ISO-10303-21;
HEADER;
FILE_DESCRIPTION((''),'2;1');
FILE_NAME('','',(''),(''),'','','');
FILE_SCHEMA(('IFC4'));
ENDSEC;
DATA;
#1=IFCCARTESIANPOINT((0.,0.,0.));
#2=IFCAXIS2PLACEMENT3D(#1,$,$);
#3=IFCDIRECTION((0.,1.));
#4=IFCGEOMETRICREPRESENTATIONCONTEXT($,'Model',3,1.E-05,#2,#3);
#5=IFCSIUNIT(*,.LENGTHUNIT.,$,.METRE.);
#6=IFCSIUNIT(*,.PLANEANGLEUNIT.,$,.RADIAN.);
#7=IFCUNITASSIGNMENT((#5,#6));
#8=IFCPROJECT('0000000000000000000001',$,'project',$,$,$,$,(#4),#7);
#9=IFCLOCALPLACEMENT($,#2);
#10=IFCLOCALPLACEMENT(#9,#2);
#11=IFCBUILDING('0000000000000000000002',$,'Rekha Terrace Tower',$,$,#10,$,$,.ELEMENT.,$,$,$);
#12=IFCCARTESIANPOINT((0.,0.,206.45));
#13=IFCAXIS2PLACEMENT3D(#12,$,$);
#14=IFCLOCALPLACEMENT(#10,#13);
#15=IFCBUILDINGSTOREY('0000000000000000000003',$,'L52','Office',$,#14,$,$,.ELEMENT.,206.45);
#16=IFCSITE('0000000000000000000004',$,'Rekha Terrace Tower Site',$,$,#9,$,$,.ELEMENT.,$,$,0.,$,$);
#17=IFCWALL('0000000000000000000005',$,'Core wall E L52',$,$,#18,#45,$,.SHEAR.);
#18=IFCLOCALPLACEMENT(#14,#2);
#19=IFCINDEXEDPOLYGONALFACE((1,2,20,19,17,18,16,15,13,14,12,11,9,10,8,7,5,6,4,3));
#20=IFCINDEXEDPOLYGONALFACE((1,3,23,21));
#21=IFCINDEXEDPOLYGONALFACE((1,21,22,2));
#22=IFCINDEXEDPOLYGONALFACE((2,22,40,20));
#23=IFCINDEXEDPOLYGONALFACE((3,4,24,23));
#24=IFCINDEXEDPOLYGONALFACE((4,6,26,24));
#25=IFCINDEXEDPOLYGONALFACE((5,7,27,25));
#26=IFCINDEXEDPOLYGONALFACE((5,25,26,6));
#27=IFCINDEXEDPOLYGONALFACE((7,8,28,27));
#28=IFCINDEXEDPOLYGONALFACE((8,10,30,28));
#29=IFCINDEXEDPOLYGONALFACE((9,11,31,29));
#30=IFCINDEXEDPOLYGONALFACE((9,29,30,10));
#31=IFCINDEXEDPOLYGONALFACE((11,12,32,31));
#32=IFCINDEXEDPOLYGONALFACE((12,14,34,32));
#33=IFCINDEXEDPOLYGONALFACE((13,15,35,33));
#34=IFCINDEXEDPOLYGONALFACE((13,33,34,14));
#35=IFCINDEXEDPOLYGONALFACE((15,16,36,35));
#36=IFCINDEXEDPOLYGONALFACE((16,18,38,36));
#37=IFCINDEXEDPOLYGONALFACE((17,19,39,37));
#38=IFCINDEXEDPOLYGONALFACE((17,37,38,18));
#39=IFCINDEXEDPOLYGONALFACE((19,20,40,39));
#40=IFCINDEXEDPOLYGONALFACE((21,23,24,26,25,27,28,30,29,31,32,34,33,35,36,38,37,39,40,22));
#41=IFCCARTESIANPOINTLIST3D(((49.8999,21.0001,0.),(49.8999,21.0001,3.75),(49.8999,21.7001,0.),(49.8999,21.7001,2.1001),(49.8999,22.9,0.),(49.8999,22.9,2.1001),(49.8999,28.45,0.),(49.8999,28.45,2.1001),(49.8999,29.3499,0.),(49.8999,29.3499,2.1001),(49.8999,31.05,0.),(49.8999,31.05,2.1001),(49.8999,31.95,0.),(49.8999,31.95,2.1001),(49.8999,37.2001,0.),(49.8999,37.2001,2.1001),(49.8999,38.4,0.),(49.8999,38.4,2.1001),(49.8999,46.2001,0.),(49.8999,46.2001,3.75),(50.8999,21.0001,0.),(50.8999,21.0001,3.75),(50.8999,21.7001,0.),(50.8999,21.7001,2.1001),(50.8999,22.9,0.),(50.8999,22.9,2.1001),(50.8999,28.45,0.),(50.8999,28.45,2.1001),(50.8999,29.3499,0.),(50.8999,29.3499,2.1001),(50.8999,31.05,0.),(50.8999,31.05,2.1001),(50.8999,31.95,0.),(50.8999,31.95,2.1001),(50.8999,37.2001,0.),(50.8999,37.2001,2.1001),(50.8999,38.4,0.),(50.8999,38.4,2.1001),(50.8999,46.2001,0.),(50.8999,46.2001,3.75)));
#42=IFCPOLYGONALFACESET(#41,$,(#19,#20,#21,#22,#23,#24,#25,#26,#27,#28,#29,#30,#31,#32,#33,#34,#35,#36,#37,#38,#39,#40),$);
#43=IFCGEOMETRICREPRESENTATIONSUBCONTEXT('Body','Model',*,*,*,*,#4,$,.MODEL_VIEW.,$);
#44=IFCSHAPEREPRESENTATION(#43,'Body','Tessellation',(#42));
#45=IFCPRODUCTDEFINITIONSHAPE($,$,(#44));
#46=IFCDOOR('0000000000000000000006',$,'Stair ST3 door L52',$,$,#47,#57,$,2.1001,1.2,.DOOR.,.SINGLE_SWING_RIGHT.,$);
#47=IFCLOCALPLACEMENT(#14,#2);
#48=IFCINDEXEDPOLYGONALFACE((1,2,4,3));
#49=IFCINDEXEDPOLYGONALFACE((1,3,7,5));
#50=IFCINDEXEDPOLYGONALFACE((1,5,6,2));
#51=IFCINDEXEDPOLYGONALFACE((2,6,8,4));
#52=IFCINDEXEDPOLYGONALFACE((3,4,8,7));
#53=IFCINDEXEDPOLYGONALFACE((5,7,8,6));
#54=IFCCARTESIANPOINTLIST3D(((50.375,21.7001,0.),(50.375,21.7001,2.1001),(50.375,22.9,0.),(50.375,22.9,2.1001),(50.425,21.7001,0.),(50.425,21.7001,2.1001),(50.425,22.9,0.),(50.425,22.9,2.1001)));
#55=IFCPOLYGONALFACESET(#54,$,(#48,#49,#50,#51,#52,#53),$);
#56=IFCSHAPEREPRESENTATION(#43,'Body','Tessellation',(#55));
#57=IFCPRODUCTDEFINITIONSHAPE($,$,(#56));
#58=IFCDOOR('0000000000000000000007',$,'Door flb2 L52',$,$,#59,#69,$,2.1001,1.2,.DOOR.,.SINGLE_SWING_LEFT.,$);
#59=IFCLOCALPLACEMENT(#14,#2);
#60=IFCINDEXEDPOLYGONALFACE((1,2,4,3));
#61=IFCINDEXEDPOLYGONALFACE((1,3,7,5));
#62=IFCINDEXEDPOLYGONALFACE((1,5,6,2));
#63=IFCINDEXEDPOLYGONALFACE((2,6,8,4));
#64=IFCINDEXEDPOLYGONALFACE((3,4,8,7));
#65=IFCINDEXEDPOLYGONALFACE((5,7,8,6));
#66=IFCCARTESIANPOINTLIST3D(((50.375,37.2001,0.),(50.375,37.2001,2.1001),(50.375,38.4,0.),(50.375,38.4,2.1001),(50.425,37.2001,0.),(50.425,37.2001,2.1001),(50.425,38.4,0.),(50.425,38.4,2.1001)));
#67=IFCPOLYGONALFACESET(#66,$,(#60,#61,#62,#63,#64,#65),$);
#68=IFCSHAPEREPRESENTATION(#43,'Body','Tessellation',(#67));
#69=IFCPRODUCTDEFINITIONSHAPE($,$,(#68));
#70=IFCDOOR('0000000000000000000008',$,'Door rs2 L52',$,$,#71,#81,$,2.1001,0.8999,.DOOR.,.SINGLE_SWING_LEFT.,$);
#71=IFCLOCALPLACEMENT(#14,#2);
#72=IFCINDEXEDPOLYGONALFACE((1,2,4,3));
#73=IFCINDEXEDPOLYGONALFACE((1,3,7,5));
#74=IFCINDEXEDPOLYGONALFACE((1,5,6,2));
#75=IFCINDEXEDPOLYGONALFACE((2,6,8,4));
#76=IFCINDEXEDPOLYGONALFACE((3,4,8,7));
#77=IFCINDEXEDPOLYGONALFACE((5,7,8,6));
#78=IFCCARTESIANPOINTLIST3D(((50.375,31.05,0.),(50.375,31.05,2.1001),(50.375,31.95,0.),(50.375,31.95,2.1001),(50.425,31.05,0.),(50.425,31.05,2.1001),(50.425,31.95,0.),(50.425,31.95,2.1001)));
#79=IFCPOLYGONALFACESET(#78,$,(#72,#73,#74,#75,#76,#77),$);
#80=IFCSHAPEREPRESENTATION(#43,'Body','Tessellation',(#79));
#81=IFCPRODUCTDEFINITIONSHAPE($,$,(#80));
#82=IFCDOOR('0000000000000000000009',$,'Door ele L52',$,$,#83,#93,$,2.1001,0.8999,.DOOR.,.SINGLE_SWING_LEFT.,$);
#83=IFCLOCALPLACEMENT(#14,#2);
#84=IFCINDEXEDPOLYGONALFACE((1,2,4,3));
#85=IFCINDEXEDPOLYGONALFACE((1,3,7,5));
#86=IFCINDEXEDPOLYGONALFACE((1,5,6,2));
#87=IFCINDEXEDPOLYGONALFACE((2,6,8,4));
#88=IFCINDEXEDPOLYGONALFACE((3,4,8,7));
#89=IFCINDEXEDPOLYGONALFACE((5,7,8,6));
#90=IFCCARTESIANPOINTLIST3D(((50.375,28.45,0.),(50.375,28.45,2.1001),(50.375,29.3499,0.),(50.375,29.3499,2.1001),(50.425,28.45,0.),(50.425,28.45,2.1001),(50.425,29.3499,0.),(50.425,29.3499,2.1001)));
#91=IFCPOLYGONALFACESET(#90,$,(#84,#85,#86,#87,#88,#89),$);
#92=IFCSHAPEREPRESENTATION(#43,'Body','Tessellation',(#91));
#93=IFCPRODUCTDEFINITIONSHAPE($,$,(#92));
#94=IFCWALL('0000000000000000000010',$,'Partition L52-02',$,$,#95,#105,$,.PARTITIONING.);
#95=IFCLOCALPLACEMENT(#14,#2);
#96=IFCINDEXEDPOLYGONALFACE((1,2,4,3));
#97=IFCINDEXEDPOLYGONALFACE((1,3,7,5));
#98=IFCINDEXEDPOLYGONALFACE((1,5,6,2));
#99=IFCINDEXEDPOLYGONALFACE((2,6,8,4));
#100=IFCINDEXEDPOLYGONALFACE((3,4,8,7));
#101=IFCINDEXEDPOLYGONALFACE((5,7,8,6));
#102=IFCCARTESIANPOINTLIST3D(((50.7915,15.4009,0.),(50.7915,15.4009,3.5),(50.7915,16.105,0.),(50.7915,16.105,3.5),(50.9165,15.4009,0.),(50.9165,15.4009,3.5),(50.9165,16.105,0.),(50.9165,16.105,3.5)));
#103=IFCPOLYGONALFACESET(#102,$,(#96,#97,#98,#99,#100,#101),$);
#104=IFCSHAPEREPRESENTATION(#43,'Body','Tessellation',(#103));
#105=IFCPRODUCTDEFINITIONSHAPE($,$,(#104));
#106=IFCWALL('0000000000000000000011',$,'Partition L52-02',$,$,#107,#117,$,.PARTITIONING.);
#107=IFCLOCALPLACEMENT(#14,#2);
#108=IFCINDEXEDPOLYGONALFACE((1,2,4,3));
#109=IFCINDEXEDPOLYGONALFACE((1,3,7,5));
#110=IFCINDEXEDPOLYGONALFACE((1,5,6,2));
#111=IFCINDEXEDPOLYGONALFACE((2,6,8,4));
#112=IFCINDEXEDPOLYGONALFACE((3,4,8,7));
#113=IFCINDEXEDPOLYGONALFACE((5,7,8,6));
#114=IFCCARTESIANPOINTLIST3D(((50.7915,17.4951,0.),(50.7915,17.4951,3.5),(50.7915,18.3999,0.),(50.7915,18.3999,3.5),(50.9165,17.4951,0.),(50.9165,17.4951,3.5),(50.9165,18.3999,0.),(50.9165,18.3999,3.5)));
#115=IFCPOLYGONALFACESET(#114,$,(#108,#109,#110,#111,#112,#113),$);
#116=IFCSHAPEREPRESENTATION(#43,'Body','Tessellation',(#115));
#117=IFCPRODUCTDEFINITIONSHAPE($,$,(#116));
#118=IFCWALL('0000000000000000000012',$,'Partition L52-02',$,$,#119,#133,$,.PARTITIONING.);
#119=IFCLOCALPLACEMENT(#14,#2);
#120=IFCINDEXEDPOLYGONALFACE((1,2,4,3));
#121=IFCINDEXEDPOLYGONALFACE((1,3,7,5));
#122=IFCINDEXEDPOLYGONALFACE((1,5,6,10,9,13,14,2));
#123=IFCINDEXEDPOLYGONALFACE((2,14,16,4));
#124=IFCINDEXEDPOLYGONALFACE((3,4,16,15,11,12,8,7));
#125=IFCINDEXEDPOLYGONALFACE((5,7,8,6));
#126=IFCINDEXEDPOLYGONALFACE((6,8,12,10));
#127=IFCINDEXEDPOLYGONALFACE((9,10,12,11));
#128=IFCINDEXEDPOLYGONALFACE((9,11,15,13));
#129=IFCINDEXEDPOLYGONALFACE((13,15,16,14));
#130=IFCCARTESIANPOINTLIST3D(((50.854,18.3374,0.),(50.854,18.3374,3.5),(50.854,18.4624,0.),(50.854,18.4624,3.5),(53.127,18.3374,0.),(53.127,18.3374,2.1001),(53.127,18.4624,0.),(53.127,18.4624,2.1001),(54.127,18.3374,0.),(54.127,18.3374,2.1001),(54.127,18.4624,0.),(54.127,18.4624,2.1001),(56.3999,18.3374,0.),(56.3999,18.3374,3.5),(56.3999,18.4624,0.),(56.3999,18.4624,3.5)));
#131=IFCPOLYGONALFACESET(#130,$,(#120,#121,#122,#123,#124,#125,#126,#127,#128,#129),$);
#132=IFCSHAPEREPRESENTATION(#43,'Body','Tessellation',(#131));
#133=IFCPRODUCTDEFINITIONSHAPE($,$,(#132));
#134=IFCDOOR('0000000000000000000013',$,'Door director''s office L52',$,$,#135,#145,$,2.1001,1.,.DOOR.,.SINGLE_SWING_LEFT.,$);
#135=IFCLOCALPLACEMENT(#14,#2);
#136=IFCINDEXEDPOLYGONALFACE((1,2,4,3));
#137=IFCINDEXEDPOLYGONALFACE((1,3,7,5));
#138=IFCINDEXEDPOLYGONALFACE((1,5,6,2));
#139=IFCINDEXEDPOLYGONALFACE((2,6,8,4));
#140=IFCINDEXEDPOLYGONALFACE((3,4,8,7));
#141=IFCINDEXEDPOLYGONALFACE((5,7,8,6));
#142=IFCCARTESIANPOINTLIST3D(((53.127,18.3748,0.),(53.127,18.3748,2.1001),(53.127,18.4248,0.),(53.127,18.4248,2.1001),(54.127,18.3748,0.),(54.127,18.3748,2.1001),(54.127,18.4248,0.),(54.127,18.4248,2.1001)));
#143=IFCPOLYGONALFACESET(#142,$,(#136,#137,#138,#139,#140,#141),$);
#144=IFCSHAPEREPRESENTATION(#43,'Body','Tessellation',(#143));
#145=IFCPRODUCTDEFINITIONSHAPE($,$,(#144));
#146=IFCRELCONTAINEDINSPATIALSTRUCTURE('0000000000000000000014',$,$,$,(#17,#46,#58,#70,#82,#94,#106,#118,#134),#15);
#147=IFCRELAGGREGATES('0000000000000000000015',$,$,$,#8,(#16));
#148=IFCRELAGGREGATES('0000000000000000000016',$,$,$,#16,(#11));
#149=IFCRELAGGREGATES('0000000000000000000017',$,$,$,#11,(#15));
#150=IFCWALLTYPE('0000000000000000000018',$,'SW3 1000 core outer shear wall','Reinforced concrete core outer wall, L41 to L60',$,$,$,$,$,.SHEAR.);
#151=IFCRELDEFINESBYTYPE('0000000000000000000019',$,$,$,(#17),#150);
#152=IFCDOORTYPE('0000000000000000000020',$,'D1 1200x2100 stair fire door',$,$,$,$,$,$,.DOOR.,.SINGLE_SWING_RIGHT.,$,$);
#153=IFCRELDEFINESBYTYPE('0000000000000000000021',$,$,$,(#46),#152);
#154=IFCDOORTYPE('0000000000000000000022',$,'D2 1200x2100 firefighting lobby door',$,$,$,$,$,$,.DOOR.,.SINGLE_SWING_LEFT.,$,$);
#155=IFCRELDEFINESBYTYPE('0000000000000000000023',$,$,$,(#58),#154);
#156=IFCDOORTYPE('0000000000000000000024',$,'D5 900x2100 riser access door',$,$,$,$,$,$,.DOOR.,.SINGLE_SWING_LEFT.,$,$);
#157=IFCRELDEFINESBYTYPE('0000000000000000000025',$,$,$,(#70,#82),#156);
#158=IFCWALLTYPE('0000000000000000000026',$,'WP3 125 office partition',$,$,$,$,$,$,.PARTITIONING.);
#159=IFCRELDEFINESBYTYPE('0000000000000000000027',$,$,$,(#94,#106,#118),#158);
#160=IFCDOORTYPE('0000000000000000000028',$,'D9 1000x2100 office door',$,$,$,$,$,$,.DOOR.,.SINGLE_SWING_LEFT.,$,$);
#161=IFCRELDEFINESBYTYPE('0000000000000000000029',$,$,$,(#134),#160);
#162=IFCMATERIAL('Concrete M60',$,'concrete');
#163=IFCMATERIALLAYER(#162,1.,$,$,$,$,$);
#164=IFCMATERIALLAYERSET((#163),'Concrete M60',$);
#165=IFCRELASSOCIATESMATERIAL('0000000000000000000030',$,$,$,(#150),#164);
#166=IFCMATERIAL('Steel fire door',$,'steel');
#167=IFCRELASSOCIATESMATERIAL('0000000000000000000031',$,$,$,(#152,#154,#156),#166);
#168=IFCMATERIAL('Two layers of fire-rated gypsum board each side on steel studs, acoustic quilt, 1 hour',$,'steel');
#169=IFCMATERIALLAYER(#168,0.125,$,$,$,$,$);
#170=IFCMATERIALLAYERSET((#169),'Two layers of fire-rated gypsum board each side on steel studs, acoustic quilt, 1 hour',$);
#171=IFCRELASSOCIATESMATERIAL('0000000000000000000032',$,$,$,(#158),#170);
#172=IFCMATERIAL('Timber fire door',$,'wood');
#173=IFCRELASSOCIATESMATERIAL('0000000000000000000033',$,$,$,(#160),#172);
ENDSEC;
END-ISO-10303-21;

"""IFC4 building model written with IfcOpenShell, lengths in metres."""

from ifc_helpers import new_model, si_unit, direction, frame, frame_2d, origin, place, context, subcontext, project, spatial, rectangle, extrude, material, layer, layer_set, type_object, element, fill, save


model = new_model("IFC4")

# Units and contexts
model_context = context("Model", 3, precision=1e-05, world=origin(), true_north=direction((0.0, 1.0)))
body_context = subcontext(model_context, "Body", "Model", "MODEL_VIEW")
ifc_project = project(units=[si_unit("LENGTHUNIT", "METRE"), si_unit("PLANEANGLEUNIT", "RADIAN")], contexts=[model_context])

# Site, building, storey
site_placement = place(None, origin())
site = spatial("IfcSite", under=ifc_project, at=site_placement, Name="Rekha Terrace Tower Site", CompositionType="ELEMENT", RefElevation=0.0)
building_placement = place(site_placement, origin())
building = spatial("IfcBuilding", under=site, at=building_placement, Name="Rekha Terrace Tower", CompositionType="ELEMENT")
storey_placement = place(building_placement, frame((0.0, 0.0, 206.45)))
storey = spatial("IfcBuildingStorey", under=building, at=storey_placement, Name="L52", Description="Office", CompositionType="ELEMENT", Elevation=206.45)

# Shared definitions
ifc_material_1 = material(Name="Concrete M60", Category="concrete")

# Wall, openings, doors
ifc_layer_1 = layer(ifc_material_1, 1.0)
ifc_layer_set_1 = layer_set([ifc_layer_1], Name="Concrete M60")
wall_type_1 = type_object("IfcWallType", Name="SW3 1000 core outer shear wall", Description="Reinforced concrete core outer wall, L41 to L60", PredefinedType="SHEAR", material=ifc_layer_set_1)
wall_1_placement = place(storey_placement, frame((50.3999, 21.0, 0.0), z_axis=(0.0, 0.0, 1.0), x_axis=(0.0, 1.0, 0.0)))
wall_1 = element("IfcWall", 1, at=wall_1_placement, inside=storey, type_object=wall_type_1, Name="Core wall E L52", PredefinedType="SHEAR", context=body_context, shape_type="SweptSolid", body=[
    extrude(rectangle(XDim=25.2, YDim=1.0, at=frame_2d((12.6001, 0.0))), origin(), (0.0, 0.0, 1.0), 3.75),
])
opening_1_placement = place(wall_1_placement, frame((16.2, 0.0, 0.0)))
opening_1 = element("IfcOpeningElement", 2, at=opening_1_placement, cuts=wall_1, PredefinedType="OPENING", context=body_context, shape_type="SweptSolid", body=[
    extrude(rectangle(XDim=1.2, YDim=2.1001, at=frame_2d((0.6001, 1.05))), frame((0.0, 0.51, 0.0), z_axis=(0.0, -1.0, 0.0), x_axis=(1.0, 0.0, 0.0)), (0.0, 0.0, 1.0), 1.02),
])
opening_2_placement = place(wall_1_placement, frame((10.05, 0.0, 0.0)))
opening_2 = element("IfcOpeningElement", 3, at=opening_2_placement, cuts=wall_1, PredefinedType="OPENING", context=body_context, shape_type="SweptSolid", body=[
    extrude(rectangle(XDim=0.8999, YDim=2.1001, at=frame_2d((0.45, 1.05))), frame((0.0, 0.51, 0.0), z_axis=(0.0, -1.0, 0.0), x_axis=(1.0, 0.0, 0.0)), (0.0, 0.0, 1.0), 1.02),
])
opening_3_placement = place(wall_1_placement, frame((7.45, 0.0, 0.0)))
opening_3 = element("IfcOpeningElement", 4, at=opening_3_placement, cuts=wall_1, PredefinedType="OPENING", context=body_context, shape_type="SweptSolid", body=[
    extrude(rectangle(XDim=0.8999, YDim=2.1001, at=frame_2d((0.45, 1.05))), frame((0.0, 0.51, 0.0), z_axis=(0.0, -1.0, 0.0), x_axis=(1.0, 0.0, 0.0)), (0.0, 0.0, 1.0), 1.02),
])
opening_4_placement = place(wall_1_placement, frame((0.7, 0.0, 0.0)))
opening_4 = element("IfcOpeningElement", 5, at=opening_4_placement, cuts=wall_1, PredefinedType="OPENING", context=body_context, shape_type="SweptSolid", body=[
    extrude(rectangle(XDim=1.2, YDim=2.1001, at=frame_2d((0.6001, 1.05))), frame((0.0, 0.51, 0.0), z_axis=(0.0, -1.0, 0.0), x_axis=(1.0, 0.0, 0.0)), (0.0, 0.0, 1.0), 1.02),
])
ifc_material_2 = material(Name="Steel fire door", Category="steel")
door_type_1 = type_object("IfcDoorType", Name="D1 1200x2100 stair fire door", OperationType="SINGLE_SWING_RIGHT", PredefinedType="DOOR", material=ifc_material_2)
door_1_placement = place(opening_4_placement, origin())
door_1 = element("IfcDoor", 6, at=door_1_placement, inside=storey, type_object=door_type_1, Name="Stair ST3 door L52", OperationType="SINGLE_SWING_RIGHT", OverallHeight=2.1001, OverallWidth=1.2, PredefinedType="DOOR", context=body_context, shape_type="SweptSolid", body=[
    extrude(rectangle(XDim=1.2, YDim=2.1001, at=frame_2d((0.6001, 1.05))), frame((0.0, 0.0249, 0.0), z_axis=(0.0, -1.0, 0.0), x_axis=(1.0, 0.0, 0.0)), (0.0, 0.0, 1.0), 0.05),
])
fill(opening_4, door_1)
door_type_2 = type_object("IfcDoorType", Name="D2 1200x2100 firefighting lobby door", OperationType="SINGLE_SWING_LEFT", PredefinedType="DOOR", material=ifc_material_2)
door_2_placement = place(opening_1_placement, origin())
door_2 = element("IfcDoor", 7, at=door_2_placement, inside=storey, type_object=door_type_2, Name="Door flb2 L52", OperationType="SINGLE_SWING_LEFT", OverallHeight=2.1001, OverallWidth=1.2, PredefinedType="DOOR", context=body_context, shape_type="SweptSolid", body=[
    extrude(rectangle(XDim=1.2, YDim=2.1001, at=frame_2d((0.6001, 1.05))), frame((0.0, 0.0249, 0.0), z_axis=(0.0, -1.0, 0.0), x_axis=(1.0, 0.0, 0.0)), (0.0, 0.0, 1.0), 0.05),
])
fill(opening_1, door_2)
door_type_3 = type_object("IfcDoorType", Name="D5 900x2100 riser access door", OperationType="SINGLE_SWING_LEFT", PredefinedType="DOOR", material=ifc_material_2)
door_3_placement = place(opening_2_placement, origin())
door_3 = element("IfcDoor", 8, at=door_3_placement, inside=storey, type_object=door_type_3, Name="Door rs2 L52", OperationType="SINGLE_SWING_LEFT", OverallHeight=2.1001, OverallWidth=0.8999, PredefinedType="DOOR", context=body_context, shape_type="SweptSolid", body=[
    extrude(rectangle(XDim=0.8999, YDim=2.1001, at=frame_2d((0.45, 1.05))), frame((0.0, 0.0249, 0.0), z_axis=(0.0, -1.0, 0.0), x_axis=(1.0, 0.0, 0.0)), (0.0, 0.0, 1.0), 0.05),
])
fill(opening_2, door_3)
door_4_placement = place(opening_3_placement, origin())
door_4 = element("IfcDoor", 9, at=door_4_placement, inside=storey, type_object=door_type_3, Name="Door ele L52", OperationType="SINGLE_SWING_LEFT", OverallHeight=2.1001, OverallWidth=0.8999, PredefinedType="DOOR", context=body_context, shape_type="SweptSolid", body=[
    extrude(rectangle(XDim=0.8999, YDim=2.1001, at=frame_2d((0.45, 1.05))), frame((0.0, 0.0249, 0.0), z_axis=(0.0, -1.0, 0.0), x_axis=(1.0, 0.0, 0.0)), (0.0, 0.0, 1.0), 0.05),
])
fill(opening_3, door_4)

# Walls
ifc_material_3 = material(Name="Two layers of fire-rated gypsum board each side on steel studs, acoustic quilt, 1 hour", Category="steel")
ifc_layer_2 = layer(ifc_material_3, 0.125)
ifc_layer_set_2 = layer_set([ifc_layer_2], Name="Two layers of fire-rated gypsum board each side on steel studs, acoustic quilt, 1 hour")
wall_type_2 = type_object("IfcWallType", Name="WP3 125 office partition", PredefinedType="PARTITIONING", material=ifc_layer_set_2)
wall_2_placement = place(storey_placement, frame((50.854, 15.4009, 0.0), z_axis=(0.0, 0.0, 1.0), x_axis=(0.0, 1.0, 0.0)))
element("IfcWall", 10, at=wall_2_placement, inside=storey, type_object=wall_type_2, Name="Partition L52-02", PredefinedType="PARTITIONING", context=body_context, shape_type="SweptSolid", body=[
    extrude(rectangle(XDim=0.7041, YDim=0.125, at=frame_2d((0.3521, 0.0))), origin(), (0.0, 0.0, 1.0), 3.5),
])
wall_3_placement = place(storey_placement, frame((50.854, 17.4951, 0.0), z_axis=(0.0, 0.0, 1.0), x_axis=(0.0, 1.0, 0.0)))
element("IfcWall", 11, at=wall_3_placement, inside=storey, type_object=wall_type_2, Name="Partition L52-02", PredefinedType="PARTITIONING", context=body_context, shape_type="SweptSolid", body=[
    extrude(rectangle(XDim=0.9048, YDim=0.125, at=frame_2d((0.4524, 0.0))), origin(), (0.0, 0.0, 1.0), 3.5),
])

# Wall, opening, door
wall_4_placement = place(storey_placement, frame((50.854, 18.3999, 0.0), z_axis=(0.0, 0.0, 1.0), x_axis=(1.0, 0.0, 0.0)))
wall_4 = element("IfcWall", 12, at=wall_4_placement, inside=storey, type_object=wall_type_2, Name="Partition L52-02", PredefinedType="PARTITIONING", context=body_context, shape_type="SweptSolid", body=[
    extrude(rectangle(XDim=5.5459, YDim=0.125, at=frame_2d((2.7729, 0.0))), origin(), (0.0, 0.0, 1.0), 3.5),
])
opening_5_placement = place(wall_4_placement, frame((2.2729, 0.0, 0.0)))
opening_5 = element("IfcOpeningElement", 13, at=opening_5_placement, cuts=wall_4, PredefinedType="OPENING", context=body_context, shape_type="SweptSolid", body=[
    extrude(rectangle(XDim=1.0, YDim=2.1001, at=frame_2d((0.5, 1.05))), frame((0.0, 0.0725, 0.0), z_axis=(0.0, -1.0, 0.0), x_axis=(1.0, 0.0, 0.0)), (0.0, 0.0, 1.0), 0.145),
])
ifc_material_4 = material(Name="Timber fire door", Category="wood")
door_type_4 = type_object("IfcDoorType", Name="D9 1000x2100 office door", OperationType="SINGLE_SWING_LEFT", PredefinedType="DOOR", material=ifc_material_4)
door_5_placement = place(opening_5_placement, origin())
door_5 = element("IfcDoor", 14, at=door_5_placement, inside=storey, type_object=door_type_4, Name="Door director's office L52", OperationType="SINGLE_SWING_LEFT", OverallHeight=2.1001, OverallWidth=1.0, PredefinedType="DOOR", context=body_context, shape_type="SweptSolid", body=[
    extrude(rectangle(XDim=1.0, YDim=2.1001, at=frame_2d((0.5, 1.05))), frame((0.0, 0.0249, 0.0), z_axis=(0.0, -1.0, 0.0), x_axis=(1.0, 0.0, 0.0)), (0.0, 0.0, 1.0), 0.05),
])
fill(opening_5, door_5)

save(model, "model.ifc")
